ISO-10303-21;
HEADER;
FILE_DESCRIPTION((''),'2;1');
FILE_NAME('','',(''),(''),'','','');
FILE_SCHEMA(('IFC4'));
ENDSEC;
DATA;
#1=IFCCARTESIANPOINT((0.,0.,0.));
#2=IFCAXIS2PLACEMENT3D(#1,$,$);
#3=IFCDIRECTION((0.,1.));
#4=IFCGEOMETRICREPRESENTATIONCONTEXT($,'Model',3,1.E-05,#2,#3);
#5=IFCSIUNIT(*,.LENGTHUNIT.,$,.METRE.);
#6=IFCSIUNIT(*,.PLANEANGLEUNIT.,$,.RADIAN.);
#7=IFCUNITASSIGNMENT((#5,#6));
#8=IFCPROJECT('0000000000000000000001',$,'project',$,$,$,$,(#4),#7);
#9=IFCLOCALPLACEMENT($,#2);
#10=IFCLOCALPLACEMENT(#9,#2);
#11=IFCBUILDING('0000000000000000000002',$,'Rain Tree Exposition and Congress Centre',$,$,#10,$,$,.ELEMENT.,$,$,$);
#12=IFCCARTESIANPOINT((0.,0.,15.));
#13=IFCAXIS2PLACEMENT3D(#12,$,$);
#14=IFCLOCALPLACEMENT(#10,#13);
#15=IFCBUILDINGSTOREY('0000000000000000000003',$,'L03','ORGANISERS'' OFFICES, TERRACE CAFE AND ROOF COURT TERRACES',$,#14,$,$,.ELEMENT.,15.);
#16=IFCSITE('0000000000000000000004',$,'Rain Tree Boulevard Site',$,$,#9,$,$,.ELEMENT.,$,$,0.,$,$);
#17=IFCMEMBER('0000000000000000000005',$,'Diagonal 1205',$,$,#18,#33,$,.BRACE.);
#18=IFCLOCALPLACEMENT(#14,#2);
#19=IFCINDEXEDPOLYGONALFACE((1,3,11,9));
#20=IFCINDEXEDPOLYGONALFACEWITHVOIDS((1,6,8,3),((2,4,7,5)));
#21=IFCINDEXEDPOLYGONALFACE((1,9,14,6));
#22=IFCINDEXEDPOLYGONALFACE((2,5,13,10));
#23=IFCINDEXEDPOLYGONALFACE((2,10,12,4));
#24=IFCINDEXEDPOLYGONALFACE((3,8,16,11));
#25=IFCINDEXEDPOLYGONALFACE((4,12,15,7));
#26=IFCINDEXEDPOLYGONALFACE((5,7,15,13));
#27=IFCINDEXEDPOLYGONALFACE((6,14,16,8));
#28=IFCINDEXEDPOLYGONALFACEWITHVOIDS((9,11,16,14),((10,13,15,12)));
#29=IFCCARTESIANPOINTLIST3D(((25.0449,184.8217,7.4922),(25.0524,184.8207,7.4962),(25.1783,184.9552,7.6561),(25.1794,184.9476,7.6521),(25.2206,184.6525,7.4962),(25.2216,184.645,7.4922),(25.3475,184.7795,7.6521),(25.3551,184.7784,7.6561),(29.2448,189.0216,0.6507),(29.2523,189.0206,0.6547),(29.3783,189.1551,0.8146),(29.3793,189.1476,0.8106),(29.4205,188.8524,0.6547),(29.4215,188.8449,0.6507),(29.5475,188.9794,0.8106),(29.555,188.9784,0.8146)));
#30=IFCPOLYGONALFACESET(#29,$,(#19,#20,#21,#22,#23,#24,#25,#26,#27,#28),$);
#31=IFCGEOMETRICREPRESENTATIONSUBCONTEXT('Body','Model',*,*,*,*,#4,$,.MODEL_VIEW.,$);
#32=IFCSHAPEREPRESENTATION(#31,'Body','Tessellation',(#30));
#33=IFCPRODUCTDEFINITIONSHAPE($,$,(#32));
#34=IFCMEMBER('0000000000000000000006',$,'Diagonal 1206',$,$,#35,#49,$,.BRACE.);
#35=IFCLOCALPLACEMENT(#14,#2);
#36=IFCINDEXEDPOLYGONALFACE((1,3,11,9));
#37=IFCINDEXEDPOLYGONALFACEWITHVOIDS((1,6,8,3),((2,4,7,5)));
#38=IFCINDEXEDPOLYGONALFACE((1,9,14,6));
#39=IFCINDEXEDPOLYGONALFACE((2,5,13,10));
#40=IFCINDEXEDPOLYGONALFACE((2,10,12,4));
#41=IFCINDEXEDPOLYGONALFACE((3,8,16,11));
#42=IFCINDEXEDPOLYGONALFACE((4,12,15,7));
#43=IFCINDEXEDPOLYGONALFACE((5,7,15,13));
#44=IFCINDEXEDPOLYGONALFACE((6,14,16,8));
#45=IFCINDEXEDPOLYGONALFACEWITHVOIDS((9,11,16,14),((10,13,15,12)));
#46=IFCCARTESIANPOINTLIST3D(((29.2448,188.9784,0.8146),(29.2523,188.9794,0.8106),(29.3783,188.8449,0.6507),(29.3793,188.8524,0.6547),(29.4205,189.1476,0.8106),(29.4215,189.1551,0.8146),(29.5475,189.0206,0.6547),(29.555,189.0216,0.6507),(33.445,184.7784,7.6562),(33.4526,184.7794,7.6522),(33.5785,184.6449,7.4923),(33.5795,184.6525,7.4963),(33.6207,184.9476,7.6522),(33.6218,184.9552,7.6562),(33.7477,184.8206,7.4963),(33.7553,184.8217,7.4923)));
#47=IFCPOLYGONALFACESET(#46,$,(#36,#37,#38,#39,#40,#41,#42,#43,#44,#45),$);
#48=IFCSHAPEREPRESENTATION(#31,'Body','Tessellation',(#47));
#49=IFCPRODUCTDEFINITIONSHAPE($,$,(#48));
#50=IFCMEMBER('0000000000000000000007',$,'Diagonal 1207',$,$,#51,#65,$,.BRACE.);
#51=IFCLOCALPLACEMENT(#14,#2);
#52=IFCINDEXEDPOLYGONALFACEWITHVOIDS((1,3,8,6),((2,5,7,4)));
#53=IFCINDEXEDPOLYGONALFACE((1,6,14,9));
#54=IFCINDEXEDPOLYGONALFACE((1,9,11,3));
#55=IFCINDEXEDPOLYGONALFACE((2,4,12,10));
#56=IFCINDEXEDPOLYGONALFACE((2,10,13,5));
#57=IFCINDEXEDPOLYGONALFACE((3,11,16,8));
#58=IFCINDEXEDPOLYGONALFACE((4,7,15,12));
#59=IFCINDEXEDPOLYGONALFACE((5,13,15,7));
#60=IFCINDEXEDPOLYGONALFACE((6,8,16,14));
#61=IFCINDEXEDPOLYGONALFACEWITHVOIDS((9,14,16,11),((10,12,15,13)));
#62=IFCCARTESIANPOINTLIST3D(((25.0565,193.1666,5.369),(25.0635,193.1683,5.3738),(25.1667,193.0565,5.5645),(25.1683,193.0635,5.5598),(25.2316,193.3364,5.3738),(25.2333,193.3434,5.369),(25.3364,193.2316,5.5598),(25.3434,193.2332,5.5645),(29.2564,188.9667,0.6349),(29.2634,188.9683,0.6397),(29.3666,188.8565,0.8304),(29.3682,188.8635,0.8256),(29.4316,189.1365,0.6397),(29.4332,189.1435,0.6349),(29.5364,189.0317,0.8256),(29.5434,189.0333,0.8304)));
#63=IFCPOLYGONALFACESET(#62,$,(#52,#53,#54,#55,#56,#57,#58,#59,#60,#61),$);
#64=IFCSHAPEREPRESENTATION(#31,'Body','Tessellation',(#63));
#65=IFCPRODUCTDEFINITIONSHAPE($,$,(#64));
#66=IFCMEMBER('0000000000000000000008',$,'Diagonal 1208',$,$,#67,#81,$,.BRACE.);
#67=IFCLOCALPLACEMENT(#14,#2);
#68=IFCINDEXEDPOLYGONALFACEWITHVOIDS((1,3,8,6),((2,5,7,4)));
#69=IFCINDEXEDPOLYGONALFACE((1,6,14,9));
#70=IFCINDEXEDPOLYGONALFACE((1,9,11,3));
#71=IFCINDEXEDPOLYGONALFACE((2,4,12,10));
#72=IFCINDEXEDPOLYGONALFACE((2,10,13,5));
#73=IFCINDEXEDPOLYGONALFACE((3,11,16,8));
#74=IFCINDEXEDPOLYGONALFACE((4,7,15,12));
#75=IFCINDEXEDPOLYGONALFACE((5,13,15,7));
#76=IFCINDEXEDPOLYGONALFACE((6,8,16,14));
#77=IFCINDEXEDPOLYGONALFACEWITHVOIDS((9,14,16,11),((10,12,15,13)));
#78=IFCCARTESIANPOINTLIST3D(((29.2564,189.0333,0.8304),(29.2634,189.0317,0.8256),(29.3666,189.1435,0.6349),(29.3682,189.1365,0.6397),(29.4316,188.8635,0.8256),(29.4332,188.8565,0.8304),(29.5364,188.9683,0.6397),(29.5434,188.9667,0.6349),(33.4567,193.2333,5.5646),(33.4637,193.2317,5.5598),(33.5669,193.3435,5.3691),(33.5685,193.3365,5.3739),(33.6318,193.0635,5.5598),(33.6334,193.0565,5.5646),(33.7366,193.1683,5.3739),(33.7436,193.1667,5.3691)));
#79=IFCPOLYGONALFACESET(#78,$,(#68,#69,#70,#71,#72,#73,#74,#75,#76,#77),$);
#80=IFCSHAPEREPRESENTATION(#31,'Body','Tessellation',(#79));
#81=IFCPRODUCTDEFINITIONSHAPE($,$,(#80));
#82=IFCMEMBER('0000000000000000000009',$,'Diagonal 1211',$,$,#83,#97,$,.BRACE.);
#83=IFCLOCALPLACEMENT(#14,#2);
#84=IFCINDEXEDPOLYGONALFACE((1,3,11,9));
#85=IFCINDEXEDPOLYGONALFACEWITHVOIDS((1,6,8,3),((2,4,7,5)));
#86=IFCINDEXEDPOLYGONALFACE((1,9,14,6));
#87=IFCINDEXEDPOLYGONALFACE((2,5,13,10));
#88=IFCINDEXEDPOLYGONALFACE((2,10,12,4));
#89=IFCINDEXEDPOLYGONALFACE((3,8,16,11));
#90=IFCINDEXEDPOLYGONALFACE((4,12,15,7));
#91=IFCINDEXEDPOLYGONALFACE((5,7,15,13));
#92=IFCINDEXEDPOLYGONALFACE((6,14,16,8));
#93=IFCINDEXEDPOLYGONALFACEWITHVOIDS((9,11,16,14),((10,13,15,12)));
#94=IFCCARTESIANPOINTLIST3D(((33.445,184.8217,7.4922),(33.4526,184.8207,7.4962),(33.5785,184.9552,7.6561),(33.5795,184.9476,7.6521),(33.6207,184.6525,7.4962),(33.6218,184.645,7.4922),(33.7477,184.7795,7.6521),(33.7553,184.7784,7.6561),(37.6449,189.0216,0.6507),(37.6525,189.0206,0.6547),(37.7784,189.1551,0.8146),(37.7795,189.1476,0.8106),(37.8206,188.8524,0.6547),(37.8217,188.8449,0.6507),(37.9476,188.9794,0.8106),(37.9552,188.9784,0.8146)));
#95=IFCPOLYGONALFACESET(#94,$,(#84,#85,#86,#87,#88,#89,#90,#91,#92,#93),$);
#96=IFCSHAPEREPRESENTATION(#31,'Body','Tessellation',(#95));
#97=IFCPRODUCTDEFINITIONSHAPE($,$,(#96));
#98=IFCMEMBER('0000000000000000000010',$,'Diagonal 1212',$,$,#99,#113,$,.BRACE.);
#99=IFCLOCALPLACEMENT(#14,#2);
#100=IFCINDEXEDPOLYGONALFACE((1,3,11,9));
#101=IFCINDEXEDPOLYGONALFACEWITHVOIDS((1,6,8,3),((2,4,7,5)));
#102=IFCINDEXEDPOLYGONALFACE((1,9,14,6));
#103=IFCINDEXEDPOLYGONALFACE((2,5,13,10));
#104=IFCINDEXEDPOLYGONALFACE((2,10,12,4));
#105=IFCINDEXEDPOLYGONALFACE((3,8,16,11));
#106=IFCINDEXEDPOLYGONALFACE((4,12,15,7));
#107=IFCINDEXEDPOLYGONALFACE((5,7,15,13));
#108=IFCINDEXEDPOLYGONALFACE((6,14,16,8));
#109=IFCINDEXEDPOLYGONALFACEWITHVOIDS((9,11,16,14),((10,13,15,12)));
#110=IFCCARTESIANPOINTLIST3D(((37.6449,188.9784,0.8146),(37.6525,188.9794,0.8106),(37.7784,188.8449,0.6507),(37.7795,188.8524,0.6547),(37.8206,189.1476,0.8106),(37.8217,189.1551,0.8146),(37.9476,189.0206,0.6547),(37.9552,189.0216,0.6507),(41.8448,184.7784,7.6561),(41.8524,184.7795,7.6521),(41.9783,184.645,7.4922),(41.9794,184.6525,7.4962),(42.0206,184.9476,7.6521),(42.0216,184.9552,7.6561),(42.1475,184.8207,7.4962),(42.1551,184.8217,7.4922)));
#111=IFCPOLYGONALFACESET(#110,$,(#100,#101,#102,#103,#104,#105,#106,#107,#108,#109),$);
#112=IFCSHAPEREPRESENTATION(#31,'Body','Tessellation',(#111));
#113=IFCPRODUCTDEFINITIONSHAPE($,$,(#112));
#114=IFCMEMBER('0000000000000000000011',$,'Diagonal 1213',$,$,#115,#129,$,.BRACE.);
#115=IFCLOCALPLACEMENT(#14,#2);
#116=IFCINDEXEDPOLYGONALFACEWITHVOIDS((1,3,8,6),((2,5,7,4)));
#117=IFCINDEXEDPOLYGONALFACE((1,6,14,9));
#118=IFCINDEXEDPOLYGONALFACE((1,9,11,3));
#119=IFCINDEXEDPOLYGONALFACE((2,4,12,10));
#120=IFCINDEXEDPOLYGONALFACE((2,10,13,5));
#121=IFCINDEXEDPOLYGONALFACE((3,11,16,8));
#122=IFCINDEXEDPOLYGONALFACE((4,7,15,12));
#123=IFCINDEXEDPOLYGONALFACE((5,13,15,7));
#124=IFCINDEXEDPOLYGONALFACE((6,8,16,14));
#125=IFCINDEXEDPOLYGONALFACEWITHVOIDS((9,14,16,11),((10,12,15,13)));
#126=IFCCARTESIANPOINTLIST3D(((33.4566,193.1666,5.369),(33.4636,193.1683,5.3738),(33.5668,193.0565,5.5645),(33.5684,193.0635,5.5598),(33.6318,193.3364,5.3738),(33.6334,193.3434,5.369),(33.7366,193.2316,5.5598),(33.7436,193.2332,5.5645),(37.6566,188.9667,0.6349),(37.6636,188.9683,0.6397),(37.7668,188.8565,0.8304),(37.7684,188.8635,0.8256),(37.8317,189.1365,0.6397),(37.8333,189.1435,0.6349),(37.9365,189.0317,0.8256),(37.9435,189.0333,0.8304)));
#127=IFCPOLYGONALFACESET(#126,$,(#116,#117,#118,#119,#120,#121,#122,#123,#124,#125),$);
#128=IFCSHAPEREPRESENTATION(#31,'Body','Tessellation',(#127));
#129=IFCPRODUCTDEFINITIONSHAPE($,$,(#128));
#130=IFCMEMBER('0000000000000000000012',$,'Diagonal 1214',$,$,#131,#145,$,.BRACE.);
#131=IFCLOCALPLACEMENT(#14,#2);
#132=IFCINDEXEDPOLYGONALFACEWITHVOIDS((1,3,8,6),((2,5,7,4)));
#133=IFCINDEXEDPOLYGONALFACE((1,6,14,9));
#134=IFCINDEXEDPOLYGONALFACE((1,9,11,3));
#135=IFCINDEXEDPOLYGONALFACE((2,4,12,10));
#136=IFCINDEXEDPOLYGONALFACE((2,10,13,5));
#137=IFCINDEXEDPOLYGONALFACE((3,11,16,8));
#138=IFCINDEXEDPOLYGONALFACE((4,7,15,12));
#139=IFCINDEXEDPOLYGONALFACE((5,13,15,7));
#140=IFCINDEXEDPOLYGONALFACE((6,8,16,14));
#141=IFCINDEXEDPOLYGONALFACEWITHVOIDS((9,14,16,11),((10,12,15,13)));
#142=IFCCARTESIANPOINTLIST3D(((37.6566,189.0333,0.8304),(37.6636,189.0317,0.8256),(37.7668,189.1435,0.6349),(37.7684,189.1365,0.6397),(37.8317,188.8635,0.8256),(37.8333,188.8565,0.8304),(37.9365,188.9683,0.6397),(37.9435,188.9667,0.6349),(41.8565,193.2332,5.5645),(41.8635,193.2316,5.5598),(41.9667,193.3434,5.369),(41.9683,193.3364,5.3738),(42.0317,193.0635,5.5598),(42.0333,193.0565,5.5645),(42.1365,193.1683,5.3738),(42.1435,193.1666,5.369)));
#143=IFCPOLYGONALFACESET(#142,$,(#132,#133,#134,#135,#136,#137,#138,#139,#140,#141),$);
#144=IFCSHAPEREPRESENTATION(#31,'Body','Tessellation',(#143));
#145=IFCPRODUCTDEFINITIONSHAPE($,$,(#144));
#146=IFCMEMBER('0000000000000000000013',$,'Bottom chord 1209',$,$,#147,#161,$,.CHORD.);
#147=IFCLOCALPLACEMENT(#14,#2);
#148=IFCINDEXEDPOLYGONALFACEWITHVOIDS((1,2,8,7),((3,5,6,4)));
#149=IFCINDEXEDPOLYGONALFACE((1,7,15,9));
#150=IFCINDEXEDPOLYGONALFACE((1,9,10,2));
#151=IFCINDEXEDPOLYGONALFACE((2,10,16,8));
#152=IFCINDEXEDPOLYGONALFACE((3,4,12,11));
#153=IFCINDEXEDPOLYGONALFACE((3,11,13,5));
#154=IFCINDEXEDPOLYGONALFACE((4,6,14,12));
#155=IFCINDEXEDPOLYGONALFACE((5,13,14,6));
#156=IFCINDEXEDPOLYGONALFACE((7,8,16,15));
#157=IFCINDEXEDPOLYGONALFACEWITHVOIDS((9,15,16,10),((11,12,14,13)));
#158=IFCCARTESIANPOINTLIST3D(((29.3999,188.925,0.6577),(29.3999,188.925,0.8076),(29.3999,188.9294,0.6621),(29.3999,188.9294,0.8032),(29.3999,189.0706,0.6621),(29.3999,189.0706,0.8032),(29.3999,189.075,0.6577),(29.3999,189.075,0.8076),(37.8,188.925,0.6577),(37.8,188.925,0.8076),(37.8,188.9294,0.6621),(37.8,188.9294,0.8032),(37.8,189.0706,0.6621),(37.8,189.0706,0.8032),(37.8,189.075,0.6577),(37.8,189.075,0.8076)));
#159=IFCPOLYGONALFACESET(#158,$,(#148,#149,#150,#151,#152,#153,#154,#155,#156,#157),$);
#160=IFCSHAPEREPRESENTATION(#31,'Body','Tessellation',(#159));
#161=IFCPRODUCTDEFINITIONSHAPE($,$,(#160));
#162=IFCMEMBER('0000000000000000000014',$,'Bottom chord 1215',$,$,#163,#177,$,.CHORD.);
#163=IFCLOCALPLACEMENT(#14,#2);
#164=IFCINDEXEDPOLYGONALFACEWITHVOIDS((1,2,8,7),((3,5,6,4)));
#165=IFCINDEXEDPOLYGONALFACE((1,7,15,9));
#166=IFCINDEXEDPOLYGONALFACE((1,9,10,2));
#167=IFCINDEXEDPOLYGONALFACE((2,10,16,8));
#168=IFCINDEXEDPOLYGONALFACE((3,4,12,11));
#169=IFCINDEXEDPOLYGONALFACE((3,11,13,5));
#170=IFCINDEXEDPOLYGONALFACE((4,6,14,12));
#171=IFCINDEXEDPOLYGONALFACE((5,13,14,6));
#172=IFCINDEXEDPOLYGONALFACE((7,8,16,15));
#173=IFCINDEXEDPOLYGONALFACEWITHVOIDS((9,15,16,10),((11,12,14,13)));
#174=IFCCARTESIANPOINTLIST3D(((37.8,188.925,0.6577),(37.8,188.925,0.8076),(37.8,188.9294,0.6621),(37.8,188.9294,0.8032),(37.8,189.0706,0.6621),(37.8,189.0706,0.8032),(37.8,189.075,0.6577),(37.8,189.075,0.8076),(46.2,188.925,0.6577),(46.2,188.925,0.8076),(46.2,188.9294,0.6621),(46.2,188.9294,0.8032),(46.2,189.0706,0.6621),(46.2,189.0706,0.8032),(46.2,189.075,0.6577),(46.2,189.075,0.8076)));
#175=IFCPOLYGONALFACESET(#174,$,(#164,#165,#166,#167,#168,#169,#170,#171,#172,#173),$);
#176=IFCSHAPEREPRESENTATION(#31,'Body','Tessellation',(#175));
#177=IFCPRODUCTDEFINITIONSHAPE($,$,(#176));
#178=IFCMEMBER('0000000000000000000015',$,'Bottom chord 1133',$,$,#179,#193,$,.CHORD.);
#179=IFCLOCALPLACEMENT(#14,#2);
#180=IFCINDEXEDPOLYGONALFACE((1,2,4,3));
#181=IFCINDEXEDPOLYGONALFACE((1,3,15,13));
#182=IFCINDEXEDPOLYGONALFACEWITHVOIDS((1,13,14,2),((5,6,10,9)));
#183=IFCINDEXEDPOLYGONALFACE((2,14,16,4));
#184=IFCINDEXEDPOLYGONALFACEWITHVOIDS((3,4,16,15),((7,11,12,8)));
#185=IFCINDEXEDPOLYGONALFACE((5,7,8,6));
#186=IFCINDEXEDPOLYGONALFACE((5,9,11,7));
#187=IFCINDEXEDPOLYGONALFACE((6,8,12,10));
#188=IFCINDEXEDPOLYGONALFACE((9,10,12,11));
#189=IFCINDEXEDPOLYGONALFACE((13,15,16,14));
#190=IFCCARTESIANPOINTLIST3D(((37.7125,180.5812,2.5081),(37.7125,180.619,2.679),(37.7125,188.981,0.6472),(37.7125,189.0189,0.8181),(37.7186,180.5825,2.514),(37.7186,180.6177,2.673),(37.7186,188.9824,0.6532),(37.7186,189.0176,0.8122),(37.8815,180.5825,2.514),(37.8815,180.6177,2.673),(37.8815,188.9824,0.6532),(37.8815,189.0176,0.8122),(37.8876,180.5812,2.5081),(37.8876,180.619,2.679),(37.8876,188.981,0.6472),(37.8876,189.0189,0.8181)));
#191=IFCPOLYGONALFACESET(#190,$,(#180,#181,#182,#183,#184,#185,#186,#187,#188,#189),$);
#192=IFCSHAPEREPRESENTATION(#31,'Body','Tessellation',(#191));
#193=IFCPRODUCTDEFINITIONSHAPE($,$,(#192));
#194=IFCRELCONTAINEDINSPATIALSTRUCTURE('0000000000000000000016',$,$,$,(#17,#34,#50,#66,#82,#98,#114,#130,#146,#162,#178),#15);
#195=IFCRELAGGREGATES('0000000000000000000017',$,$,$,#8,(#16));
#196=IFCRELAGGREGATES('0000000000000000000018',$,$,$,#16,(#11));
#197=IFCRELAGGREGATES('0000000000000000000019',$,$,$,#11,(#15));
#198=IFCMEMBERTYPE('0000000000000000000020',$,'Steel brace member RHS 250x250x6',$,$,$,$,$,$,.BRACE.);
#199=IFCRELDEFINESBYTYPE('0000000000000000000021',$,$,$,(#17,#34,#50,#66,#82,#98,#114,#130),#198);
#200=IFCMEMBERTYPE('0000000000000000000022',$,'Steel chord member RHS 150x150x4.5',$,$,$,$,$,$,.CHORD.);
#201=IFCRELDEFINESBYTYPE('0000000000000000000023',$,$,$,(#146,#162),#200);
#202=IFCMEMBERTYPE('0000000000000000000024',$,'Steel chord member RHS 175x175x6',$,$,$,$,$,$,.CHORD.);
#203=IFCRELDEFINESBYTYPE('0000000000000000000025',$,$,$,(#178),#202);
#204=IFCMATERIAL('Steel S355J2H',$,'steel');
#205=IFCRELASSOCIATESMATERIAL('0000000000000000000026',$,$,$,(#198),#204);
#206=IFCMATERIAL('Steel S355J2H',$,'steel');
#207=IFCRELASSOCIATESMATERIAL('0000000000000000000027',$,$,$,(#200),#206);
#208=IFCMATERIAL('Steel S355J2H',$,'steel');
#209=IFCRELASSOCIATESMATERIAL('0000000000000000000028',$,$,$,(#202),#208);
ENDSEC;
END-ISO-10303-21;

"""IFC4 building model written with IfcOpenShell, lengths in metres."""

from ifc_helpers import new_model, si_unit, direction, frame, origin, origin_2d, place, context, subcontext, project, spatial, hollow_rectangle, extrude, material, material_profile, profile_set, type_object, element, save


model = new_model("IFC4")

# Units and contexts
model_context = context("Model", 3, precision=1e-05, world=origin(), true_north=direction((0.0, 1.0)))
body_context = subcontext(model_context, "Body", "Model", "MODEL_VIEW")
ifc_project = project(units=[si_unit("LENGTHUNIT", "METRE"), si_unit("PLANEANGLEUNIT", "RADIAN")], contexts=[model_context])

# Site, building, storey
site_placement = place(None, origin())
site = spatial("IfcSite", under=ifc_project, at=site_placement, Name="Rain Tree Boulevard Site", CompositionType="ELEMENT", RefElevation=0.0)
building_placement = place(site_placement, origin())
building = spatial("IfcBuilding", under=site, at=building_placement, Name="Rain Tree Exposition and Congress Centre", CompositionType="ELEMENT")
storey_placement = place(building_placement, frame((0.0, 0.0, 15.0)))
storey = spatial("IfcBuildingStorey", under=building, at=storey_placement, Name="L03", Description="ORGANISERS' OFFICES, TERRACE CAFE AND ROOF COURT TERRACES", CompositionType="ELEMENT", Elevation=15.0)

# Members
ifc_material_1 = material(Name="Steel S355J2H", Category="steel")
ifc_material_profile_1 = material_profile(ifc_material_1, hollow_rectangle(XDim=0.25, YDim=0.25, WallThickness=0.0061, at=origin_2d()), Name="RHS 250x250x6")
ifc_profile_set_1 = profile_set([ifc_material_profile_1], Name="Steel S355J2H")
member_type_1 = type_object("IfcMemberType", Name="Steel brace member RHS 250x250x6", PredefinedType="BRACE", material=ifc_profile_set_1)
member_1_placement = place(storey_placement, frame((29.3999, 189.0, 0.7327), z_axis=(-0.463564, -0.463564, 0.755127), x_axis=(0.707107, -0.707107, 0.0)))
element("IfcMember", 1, at=member_1_placement, inside=storey, type_object=member_type_1, Name="Diagonal 1205", PredefinedType="BRACE", context=body_context, shape_type="SweptSolid", body=[
    extrude(hollow_rectangle(XDim=0.25, YDim=0.25, WallThickness=0.0061, at=origin_2d()), origin(), (0.0, 0.0, 1.0), 9.0601),
])
member_2_placement = place(storey_placement, frame((29.3999, 189.0, 0.7327), z_axis=(0.463585, -0.463558, 0.755118), x_axis=(0.707086, 0.707127, 0.0)))
element("IfcMember", 2, at=member_2_placement, inside=storey, type_object=member_type_1, Name="Diagonal 1206", PredefinedType="BRACE", context=body_context, shape_type="SweptSolid", body=[
    extrude(hollow_rectangle(XDim=0.25, YDim=0.25, WallThickness=0.0061, at=origin_2d()), origin(), (0.0, 0.0, 1.0), 9.0603),
])
member_3_placement = place(storey_placement, frame((29.3999, 189.0, 0.7327), z_axis=(-0.552955, 0.552955, 0.623283), x_axis=(-0.707107, -0.707107, 0.0)))
element("IfcMember", 3, at=member_3_placement, inside=storey, type_object=member_type_1, Name="Diagonal 1207", PredefinedType="BRACE", context=body_context, shape_type="SweptSolid", body=[
    extrude(hollow_rectangle(XDim=0.25, YDim=0.25, WallThickness=0.0061, at=origin_2d()), origin(), (0.0, 0.0, 1.0), 7.5955),
])
member_4_placement = place(storey_placement, frame((29.3999, 189.0, 0.7327), z_axis=(0.552977, 0.552945, 0.623272), x_axis=(-0.707086, 0.707127, 0.0)))
element("IfcMember", 4, at=member_4_placement, inside=storey, type_object=member_type_1, Name="Diagonal 1208", PredefinedType="BRACE", context=body_context, shape_type="SweptSolid", body=[
    extrude(hollow_rectangle(XDim=0.25, YDim=0.25, WallThickness=0.0061, at=origin_2d()), origin(), (0.0, 0.0, 1.0), 7.5957),
])
for number, where, z_axis, x_axis, name in (
    (5, (37.8, 189.0, 0.7327), (-0.463564, -0.463564, 0.755127), (0.707107, -0.707107, 0.0), "Diagonal 1211"),
    (6, (37.8, 189.0, 0.7327), (0.463564, -0.463564, 0.755127), (0.707107, 0.707107, 0.0), "Diagonal 1212"),
):
    element("IfcMember", number, at=place(storey_placement, frame(where, z_axis=z_axis, x_axis=x_axis)), inside=storey, type_object=member_type_1, Name=name, PredefinedType="BRACE", context=body_context, shape_type="SweptSolid", body=[
        extrude(hollow_rectangle(XDim=0.25, YDim=0.25, WallThickness=0.0061, at=origin_2d()), origin(), (0.0, 0.0, 1.0), 9.0601),
    ])
for number, where, z_axis, x_axis, name in (
    (7, (37.8, 189.0, 0.7327), (-0.552955, 0.552955, 0.623283), (-0.707107, -0.707107, 0.0), "Diagonal 1213"),
    (8, (37.8, 189.0, 0.7327), (0.552955, 0.552955, 0.623283), (-0.707107, 0.707107, 0.0), "Diagonal 1214"),
):
    element("IfcMember", number, at=place(storey_placement, frame(where, z_axis=z_axis, x_axis=x_axis)), inside=storey, type_object=member_type_1, Name=name, PredefinedType="BRACE", context=body_context, shape_type="SweptSolid", body=[
        extrude(hollow_rectangle(XDim=0.25, YDim=0.25, WallThickness=0.0061, at=origin_2d()), origin(), (0.0, 0.0, 1.0), 7.5955),
    ])
ifc_material_2 = material(Name="Steel S355J2H", Category="steel")
ifc_material_profile_2 = material_profile(ifc_material_2, hollow_rectangle(XDim=0.1499, YDim=0.1499, WallThickness=0.0044, at=origin_2d()), Name="RHS 150x150x4.5")
ifc_profile_set_2 = profile_set([ifc_material_profile_2], Name="Steel S355J2H")
member_type_2 = type_object("IfcMemberType", Name="Steel chord member RHS 150x150x4.5", PredefinedType="CHORD", material=ifc_profile_set_2)
member_5_placement = place(storey_placement, frame((29.3999, 189.0, 0.7327), z_axis=(1.0, 0.0, 0.0), x_axis=(0.0, 1.0, 0.0)))
element("IfcMember", 9, at=member_5_placement, inside=storey, type_object=member_type_2, Name="Bottom chord 1209", PredefinedType="CHORD", context=body_context, shape_type="SweptSolid", body=[
    extrude(hollow_rectangle(XDim=0.1499, YDim=0.1499, WallThickness=0.0044, at=origin_2d()), origin(), (0.0, 0.0, 1.0), 8.4001),
])
member_6_placement = place(storey_placement, frame((37.8, 189.0, 0.7327), z_axis=(1.0, 0.0, 0.0), x_axis=(0.0, 1.0, 0.0)))
element("IfcMember", 10, at=member_6_placement, inside=storey, type_object=member_type_2, Name="Bottom chord 1215", PredefinedType="CHORD", context=body_context, shape_type="SweptSolid", body=[
    extrude(hollow_rectangle(XDim=0.1499, YDim=0.1499, WallThickness=0.0044, at=origin_2d()), origin(), (0.0, 0.0, 1.0), 8.3999),
])
ifc_material_3 = material(Name="Steel S355J2H", Category="steel")
ifc_material_profile_3 = material_profile(ifc_material_3, hollow_rectangle(XDim=0.175, YDim=0.175, WallThickness=0.0061, at=origin_2d()), Name="RHS 175x175x6")
ifc_profile_set_3 = profile_set([ifc_material_profile_3], Name="Steel S355J2H")
member_type_3 = type_object("IfcMemberType", Name="Steel chord member RHS 175x175x6", PredefinedType="CHORD", material=ifc_profile_set_3)
member_7_placement = place(storey_placement, frame((37.8, 180.6001, 2.5935), z_axis=(0.0, 0.97633, -0.216287), x_axis=(-1.0, 0.0, 0.0)))
element("IfcMember", 11, at=member_7_placement, inside=storey, type_object=member_type_3, Name="Bottom chord 1133", PredefinedType="CHORD", context=body_context, shape_type="SweptSolid", body=[
    extrude(hollow_rectangle(XDim=0.175, YDim=0.175, WallThickness=0.0061, at=origin_2d()), origin(), (0.0, 0.0, 1.0), 8.6035),
])

save(model, "model.ifc")
